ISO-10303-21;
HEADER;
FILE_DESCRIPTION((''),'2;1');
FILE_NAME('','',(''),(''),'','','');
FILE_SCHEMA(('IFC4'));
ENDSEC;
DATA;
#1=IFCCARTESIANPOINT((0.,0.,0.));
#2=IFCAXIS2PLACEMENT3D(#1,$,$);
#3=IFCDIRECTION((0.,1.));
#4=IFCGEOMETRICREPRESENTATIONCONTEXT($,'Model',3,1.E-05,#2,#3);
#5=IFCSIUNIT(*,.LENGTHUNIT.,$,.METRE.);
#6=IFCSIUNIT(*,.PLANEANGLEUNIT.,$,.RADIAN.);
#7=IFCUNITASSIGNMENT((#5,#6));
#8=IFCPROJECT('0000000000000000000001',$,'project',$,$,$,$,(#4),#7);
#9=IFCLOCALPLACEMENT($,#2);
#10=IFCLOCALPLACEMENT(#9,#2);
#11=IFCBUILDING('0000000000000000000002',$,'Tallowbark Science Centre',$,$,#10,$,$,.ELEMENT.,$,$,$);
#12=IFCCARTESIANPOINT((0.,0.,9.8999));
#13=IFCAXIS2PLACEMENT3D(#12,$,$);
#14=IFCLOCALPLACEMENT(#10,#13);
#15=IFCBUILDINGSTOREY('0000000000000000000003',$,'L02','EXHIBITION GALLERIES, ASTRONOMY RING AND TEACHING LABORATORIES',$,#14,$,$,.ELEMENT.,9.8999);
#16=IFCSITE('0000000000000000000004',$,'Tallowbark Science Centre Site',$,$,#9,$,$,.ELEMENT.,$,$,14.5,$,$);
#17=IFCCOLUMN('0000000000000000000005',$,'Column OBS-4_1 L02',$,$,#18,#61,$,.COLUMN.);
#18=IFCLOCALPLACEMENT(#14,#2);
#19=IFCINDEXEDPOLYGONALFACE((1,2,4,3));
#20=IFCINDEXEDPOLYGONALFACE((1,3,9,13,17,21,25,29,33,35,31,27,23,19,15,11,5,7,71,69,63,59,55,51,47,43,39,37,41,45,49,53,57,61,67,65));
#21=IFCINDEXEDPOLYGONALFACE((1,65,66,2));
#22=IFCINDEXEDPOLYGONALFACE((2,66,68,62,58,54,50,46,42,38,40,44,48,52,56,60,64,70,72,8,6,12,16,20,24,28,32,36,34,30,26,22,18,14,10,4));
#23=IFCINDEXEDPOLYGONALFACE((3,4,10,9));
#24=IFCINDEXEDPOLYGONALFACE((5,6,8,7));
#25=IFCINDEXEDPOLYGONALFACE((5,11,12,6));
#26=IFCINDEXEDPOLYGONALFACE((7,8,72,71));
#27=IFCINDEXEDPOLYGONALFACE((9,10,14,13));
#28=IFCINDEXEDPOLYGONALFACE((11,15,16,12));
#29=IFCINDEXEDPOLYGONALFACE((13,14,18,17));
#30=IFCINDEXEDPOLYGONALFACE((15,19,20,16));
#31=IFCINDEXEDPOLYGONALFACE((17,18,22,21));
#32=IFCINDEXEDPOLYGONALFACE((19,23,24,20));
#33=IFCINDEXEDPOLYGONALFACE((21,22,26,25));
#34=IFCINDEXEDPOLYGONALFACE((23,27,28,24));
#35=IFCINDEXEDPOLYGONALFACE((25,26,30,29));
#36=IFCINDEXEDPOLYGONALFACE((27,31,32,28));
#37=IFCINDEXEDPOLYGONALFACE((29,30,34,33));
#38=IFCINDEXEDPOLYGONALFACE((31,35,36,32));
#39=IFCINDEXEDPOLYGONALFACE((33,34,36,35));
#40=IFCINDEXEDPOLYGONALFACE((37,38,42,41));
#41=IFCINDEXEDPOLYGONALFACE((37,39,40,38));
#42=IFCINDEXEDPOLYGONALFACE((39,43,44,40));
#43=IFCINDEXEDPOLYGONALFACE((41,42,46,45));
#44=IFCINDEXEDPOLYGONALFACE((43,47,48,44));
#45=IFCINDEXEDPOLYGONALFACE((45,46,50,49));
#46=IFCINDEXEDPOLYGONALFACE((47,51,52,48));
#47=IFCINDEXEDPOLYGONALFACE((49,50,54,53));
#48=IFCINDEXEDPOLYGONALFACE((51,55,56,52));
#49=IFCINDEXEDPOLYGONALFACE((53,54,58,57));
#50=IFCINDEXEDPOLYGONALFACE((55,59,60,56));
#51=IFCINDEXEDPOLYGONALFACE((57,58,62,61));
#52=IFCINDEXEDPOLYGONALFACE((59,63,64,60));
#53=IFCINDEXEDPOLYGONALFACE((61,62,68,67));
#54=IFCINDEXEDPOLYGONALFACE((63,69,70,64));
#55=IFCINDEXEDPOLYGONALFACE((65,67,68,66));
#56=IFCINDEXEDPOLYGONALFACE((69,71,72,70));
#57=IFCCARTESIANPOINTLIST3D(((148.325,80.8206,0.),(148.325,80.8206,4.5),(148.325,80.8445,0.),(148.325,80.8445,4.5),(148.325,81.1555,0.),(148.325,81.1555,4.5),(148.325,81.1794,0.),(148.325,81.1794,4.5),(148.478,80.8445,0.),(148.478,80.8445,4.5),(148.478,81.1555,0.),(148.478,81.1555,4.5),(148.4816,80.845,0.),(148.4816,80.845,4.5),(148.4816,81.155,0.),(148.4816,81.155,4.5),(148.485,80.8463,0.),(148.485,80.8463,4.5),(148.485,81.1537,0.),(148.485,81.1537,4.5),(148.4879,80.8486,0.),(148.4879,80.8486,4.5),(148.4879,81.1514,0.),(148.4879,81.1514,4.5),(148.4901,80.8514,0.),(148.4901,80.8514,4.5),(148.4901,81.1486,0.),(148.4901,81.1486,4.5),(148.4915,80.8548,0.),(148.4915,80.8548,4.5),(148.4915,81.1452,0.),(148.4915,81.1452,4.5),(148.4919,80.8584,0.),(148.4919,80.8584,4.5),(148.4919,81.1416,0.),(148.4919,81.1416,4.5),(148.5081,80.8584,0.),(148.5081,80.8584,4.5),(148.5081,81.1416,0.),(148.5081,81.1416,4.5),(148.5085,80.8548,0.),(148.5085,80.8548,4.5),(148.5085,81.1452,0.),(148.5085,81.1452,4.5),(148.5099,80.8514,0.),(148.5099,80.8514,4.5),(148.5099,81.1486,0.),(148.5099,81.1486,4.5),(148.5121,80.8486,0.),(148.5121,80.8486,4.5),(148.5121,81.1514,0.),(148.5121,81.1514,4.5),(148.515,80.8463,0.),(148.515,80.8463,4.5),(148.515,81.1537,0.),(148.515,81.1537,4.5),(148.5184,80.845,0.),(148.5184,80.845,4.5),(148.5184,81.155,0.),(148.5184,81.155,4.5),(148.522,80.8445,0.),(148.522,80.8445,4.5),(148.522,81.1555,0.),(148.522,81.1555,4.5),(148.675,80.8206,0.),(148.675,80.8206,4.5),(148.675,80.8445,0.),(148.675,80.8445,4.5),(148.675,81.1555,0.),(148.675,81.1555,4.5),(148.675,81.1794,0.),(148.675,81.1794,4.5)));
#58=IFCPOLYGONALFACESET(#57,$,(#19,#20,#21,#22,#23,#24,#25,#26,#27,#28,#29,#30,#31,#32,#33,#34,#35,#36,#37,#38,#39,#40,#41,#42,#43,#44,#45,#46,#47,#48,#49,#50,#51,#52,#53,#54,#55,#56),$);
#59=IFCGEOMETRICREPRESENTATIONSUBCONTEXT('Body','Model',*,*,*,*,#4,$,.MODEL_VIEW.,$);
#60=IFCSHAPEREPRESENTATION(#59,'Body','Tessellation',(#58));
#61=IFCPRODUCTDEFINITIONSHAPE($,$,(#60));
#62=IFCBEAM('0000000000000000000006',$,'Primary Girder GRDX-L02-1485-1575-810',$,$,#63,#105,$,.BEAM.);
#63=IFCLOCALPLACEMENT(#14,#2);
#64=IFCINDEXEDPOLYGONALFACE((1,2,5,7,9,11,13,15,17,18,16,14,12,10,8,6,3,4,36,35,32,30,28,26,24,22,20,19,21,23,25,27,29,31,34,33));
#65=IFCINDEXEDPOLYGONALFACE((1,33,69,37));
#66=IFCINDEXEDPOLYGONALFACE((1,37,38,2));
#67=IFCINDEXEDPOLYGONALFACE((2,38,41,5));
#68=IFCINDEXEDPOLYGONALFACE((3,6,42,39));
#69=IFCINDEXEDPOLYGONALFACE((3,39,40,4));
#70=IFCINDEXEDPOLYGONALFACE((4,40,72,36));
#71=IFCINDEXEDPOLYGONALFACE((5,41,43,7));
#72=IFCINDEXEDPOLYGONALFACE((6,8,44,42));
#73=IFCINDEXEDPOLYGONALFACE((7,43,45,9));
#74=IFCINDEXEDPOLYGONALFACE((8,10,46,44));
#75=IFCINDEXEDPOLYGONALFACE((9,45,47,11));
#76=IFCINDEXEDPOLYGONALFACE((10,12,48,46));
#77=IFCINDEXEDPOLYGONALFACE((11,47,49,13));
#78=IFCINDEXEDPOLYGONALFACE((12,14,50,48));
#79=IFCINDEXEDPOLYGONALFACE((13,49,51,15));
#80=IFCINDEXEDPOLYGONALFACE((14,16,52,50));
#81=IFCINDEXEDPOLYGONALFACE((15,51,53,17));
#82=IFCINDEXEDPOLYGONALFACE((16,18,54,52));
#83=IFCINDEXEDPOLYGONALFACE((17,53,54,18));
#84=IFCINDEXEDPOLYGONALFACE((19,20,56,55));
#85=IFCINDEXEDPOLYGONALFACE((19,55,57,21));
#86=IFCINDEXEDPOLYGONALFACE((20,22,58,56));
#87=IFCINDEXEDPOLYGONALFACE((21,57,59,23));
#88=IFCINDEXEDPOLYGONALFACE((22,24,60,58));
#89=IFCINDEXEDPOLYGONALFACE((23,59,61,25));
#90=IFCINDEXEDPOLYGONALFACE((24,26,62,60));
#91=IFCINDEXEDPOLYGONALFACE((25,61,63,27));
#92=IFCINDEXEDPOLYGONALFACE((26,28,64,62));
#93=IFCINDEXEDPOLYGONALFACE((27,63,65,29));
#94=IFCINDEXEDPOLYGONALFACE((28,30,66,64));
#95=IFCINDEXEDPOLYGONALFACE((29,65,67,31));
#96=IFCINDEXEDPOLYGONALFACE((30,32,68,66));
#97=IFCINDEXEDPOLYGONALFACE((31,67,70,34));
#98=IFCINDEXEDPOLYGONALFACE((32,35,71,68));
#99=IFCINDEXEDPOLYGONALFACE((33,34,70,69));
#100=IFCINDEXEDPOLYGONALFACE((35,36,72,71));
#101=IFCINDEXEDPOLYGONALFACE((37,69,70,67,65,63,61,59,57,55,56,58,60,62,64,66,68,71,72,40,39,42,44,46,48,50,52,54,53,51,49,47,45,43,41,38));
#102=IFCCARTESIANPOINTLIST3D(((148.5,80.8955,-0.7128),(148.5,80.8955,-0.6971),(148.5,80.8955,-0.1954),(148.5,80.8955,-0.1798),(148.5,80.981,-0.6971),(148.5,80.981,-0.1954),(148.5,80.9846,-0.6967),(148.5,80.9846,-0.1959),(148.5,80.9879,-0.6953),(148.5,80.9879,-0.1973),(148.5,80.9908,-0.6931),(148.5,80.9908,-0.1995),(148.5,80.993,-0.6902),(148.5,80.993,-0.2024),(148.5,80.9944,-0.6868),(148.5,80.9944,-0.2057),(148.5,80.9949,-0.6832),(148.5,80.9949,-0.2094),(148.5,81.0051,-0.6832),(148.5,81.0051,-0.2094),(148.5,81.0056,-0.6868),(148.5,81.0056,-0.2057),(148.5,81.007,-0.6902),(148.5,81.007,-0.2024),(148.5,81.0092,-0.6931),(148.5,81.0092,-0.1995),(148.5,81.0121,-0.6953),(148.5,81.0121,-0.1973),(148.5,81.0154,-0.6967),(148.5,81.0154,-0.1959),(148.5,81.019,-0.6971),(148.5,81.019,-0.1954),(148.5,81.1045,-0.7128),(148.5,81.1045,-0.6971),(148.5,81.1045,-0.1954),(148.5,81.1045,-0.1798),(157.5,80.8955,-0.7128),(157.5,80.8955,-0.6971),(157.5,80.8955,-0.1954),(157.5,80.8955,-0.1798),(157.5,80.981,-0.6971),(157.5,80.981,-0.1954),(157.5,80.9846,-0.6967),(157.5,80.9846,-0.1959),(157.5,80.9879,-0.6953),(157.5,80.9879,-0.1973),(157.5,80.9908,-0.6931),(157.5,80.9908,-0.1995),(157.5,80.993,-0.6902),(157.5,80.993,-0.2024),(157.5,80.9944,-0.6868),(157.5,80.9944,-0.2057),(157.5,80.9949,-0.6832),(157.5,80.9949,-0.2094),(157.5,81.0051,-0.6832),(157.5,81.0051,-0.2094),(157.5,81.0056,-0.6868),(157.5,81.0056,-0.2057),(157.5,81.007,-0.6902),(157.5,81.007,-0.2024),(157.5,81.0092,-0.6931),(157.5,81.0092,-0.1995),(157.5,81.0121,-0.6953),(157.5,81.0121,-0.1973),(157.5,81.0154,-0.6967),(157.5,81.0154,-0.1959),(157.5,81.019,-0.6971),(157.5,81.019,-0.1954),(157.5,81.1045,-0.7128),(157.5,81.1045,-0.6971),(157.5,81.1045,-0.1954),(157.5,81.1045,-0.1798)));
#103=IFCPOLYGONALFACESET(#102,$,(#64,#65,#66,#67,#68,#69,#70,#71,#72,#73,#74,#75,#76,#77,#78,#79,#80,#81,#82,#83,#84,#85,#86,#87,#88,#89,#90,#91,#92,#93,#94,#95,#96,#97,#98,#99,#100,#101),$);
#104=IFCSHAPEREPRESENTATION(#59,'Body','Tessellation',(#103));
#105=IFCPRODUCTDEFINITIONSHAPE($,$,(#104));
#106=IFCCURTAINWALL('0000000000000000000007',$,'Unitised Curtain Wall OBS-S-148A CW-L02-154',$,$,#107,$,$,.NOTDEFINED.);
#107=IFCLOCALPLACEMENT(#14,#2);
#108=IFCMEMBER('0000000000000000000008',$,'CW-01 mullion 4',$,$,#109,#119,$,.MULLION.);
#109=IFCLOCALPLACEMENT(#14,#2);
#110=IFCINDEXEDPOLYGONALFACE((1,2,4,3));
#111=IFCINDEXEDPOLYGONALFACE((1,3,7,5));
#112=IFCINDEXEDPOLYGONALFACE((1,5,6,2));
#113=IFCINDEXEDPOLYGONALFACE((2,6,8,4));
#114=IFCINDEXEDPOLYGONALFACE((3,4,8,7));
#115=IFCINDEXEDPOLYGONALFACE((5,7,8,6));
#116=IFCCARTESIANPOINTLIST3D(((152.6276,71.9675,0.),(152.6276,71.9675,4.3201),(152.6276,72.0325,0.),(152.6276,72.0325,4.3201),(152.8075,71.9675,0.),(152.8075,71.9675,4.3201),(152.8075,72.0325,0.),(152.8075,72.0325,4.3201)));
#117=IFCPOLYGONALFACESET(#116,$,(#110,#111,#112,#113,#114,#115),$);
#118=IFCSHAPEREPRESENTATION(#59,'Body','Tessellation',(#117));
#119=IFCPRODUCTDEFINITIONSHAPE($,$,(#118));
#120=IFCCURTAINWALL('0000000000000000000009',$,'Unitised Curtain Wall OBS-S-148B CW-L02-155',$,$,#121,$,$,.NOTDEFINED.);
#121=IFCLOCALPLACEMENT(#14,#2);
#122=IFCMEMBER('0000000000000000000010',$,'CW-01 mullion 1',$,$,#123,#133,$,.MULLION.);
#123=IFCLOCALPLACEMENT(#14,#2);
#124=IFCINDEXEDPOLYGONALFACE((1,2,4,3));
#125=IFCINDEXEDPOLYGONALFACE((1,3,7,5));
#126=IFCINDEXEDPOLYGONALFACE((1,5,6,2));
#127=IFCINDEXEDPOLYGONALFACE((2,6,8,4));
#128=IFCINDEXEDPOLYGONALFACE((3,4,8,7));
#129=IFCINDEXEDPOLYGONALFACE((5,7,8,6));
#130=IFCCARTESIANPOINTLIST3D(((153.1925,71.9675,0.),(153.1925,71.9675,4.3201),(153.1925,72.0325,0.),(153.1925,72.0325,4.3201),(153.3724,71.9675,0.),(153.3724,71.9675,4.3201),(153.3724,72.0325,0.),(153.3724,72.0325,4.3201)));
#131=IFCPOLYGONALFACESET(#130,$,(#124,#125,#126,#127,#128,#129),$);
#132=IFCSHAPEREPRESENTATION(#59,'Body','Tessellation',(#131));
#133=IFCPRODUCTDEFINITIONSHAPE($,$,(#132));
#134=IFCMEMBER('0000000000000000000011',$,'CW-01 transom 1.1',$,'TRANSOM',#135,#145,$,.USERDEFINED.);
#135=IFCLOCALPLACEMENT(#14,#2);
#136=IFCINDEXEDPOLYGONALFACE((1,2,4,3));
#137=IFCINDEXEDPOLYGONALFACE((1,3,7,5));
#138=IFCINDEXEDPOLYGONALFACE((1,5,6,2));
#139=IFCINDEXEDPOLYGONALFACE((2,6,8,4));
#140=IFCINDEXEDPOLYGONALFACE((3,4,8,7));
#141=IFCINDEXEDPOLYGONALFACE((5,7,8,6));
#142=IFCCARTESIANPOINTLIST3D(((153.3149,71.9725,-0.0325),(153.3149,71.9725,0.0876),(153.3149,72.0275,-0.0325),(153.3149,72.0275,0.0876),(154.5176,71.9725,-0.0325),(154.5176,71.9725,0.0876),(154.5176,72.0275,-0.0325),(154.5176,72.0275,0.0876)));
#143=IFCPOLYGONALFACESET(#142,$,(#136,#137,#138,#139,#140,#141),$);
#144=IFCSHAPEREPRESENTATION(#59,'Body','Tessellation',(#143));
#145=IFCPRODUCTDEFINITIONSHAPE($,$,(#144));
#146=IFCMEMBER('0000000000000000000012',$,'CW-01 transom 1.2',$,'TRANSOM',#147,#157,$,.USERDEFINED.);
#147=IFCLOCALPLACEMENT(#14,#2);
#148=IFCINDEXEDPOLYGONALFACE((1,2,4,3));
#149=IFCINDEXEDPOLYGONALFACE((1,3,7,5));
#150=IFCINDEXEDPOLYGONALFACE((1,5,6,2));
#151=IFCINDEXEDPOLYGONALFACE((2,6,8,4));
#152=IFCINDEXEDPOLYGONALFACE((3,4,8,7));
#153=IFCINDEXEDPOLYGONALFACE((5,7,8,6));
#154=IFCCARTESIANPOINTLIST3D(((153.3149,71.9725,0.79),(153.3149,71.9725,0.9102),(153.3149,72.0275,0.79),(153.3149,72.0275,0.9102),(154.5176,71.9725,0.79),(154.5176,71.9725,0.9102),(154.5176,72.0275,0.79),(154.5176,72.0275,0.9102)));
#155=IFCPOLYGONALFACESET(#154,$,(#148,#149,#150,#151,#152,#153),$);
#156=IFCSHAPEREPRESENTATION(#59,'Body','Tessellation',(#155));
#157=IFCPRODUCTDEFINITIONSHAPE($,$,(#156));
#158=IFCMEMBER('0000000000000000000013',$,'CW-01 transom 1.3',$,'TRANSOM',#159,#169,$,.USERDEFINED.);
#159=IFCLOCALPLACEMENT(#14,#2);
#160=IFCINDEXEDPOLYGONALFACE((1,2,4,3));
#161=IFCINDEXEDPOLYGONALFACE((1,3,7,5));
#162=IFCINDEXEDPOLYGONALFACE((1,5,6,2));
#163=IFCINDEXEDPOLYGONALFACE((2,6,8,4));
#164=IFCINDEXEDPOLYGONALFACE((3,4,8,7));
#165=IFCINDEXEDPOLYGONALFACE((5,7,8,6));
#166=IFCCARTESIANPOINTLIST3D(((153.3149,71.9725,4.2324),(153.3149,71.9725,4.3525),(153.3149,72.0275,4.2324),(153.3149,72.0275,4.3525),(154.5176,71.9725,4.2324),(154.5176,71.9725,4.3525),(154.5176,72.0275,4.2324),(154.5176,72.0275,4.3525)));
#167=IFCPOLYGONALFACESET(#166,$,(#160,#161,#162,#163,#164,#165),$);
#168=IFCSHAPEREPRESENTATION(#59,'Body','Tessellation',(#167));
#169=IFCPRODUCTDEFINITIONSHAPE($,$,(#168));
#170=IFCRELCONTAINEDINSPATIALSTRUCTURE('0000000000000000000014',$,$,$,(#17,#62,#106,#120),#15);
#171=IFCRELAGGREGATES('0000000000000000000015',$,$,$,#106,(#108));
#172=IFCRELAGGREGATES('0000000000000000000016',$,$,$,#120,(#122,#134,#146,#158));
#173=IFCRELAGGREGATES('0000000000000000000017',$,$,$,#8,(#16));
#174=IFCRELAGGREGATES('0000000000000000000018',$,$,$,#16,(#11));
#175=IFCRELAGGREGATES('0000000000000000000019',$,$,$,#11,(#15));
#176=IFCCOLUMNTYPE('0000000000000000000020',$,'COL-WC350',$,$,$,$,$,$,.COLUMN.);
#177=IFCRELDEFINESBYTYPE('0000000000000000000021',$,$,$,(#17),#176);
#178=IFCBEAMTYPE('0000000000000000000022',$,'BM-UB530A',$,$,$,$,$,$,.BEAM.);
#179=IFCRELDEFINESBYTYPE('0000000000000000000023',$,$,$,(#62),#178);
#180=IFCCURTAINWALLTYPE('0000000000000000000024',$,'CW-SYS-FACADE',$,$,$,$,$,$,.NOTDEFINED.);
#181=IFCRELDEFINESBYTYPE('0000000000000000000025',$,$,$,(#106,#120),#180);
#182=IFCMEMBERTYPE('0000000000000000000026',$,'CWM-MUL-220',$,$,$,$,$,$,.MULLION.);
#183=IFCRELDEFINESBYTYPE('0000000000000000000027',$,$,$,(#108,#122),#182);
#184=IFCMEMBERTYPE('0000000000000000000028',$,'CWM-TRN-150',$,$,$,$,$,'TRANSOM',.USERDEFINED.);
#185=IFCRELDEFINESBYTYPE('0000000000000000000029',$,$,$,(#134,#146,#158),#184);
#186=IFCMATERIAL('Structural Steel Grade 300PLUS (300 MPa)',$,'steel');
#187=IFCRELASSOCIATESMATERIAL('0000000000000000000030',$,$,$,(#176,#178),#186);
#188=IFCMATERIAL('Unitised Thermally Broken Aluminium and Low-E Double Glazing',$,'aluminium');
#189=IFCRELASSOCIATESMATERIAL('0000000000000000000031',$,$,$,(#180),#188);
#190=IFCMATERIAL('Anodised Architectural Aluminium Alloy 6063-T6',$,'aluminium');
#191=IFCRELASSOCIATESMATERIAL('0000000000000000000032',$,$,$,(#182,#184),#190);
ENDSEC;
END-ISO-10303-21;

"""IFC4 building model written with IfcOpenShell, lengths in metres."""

from ifc_helpers import new_model, si_unit, direction, frame, origin, origin_2d, place, context, subcontext, project, spatial, rectangle, i_section, extrude, material, material_profile, profile_set, type_object, element, aggregate, save


model = new_model("IFC4")

# Units and contexts
model_context = context("Model", 3, precision=1e-05, world=origin(), true_north=direction((0.0, 1.0)))
body_context = subcontext(model_context, "Body", "Model", "MODEL_VIEW")
ifc_project = project(units=[si_unit("LENGTHUNIT", "METRE"), si_unit("PLANEANGLEUNIT", "RADIAN")], contexts=[model_context])

# Site, building, storey
site_placement = place(None, origin())
site = spatial("IfcSite", under=ifc_project, at=site_placement, Name="Tallowbark Science Centre Site", CompositionType="ELEMENT", RefElevation=14.5)
building_placement = place(site_placement, origin())
building = spatial("IfcBuilding", under=site, at=building_placement, Name="Tallowbark Science Centre", CompositionType="ELEMENT")
storey_placement = place(building_placement, frame((0.0, 0.0, 9.8999)))
storey = spatial("IfcBuildingStorey", under=building, at=storey_placement, Name="L02", Description="EXHIBITION GALLERIES, ASTRONOMY RING AND TEACHING LABORATORIES", CompositionType="ELEMENT", Elevation=9.8999)

# Column
ifc_material_1 = material(Name="Structural Steel Grade 300PLUS (300 MPa)", Category="steel")
ifc_material_profile_1 = material_profile(ifc_material_1, i_section(OverallWidth=0.3501, OverallDepth=0.3589, WebThickness=0.0161, FlangeThickness=0.0239, FilletRadius=0.0139, at=origin_2d()), Name="350WC197")
ifc_profile_set_1 = profile_set([ifc_material_profile_1], Name="Structural Steel Grade 300PLUS (300 MPa)")
column_type = type_object("IfcColumnType", Name="COL-WC350", PredefinedType="COLUMN", material=ifc_profile_set_1)
column_placement = place(storey_placement, frame((148.5, 81.0, 0.0), z_axis=(0.0, 0.0, 1.0), x_axis=(1.0, 0.0, 0.0)))
element("IfcColumn", 1, at=column_placement, inside=storey, type_object=column_type, Name="Column OBS-4_1 L02", PredefinedType="COLUMN", context=body_context, shape_type="SweptSolid", body=[
    extrude(i_section(OverallWidth=0.3501, OverallDepth=0.3589, WebThickness=0.0161, FlangeThickness=0.0239, FilletRadius=0.0139, at=origin_2d()), origin(), (0.0, 0.0, 1.0), 4.5),
])

# Beam
ifc_material_profile_2 = material_profile(ifc_material_1, i_section(OverallWidth=0.209, OverallDepth=0.533, WebThickness=0.0103, FlangeThickness=0.0156, FilletRadius=0.0139, at=origin_2d()), Name="530UB92.4")
ifc_profile_set_2 = profile_set([ifc_material_profile_2], Name="Structural Steel Grade 300PLUS (300 MPa)")
beam_type_1 = type_object("IfcBeamType", Name="BM-UB530A", PredefinedType="BEAM", material=ifc_profile_set_2)
beam_1_placement = place(storey_placement, frame((148.5, 81.0, -0.4463), z_axis=(1.0, 0.0, 0.0), x_axis=(0.0, 1.0, 0.0)))
element("IfcBeam", 2, at=beam_1_placement, inside=storey, type_object=beam_type_1, Name="Primary Girder GRDX-L02-1485-1575-810", PredefinedType="BEAM", context=body_context, shape_type="SweptSolid", body=[
    extrude(i_section(OverallWidth=0.209, OverallDepth=0.533, WebThickness=0.0103, FlangeThickness=0.0156, FilletRadius=0.0139, at=origin_2d()), origin(), (0.0, 0.0, 1.0), 9.0),
])

# Curtain wall, member
ifc_material_2 = material(Name="Unitised Thermally Broken Aluminium and Low-E Double Glazing", Category="aluminium")
curtain_wall_type = type_object("IfcCurtainWallType", Name="CW-SYS-FACADE", PredefinedType="NOTDEFINED", material=ifc_material_2)
curtain_wall_1_placement = place(storey_placement, origin())
curtain_wall_1 = element("IfcCurtainWall", 3, at=curtain_wall_1_placement, inside=storey, type_object=curtain_wall_type, Name="Unitised Curtain Wall OBS-S-148A CW-L02-154", PredefinedType="NOTDEFINED")
ifc_material_3 = material(Name="Anodised Architectural Aluminium Alloy 6063-T6", Category="aluminium")
ifc_material_profile_3 = material_profile(ifc_material_3, rectangle(XDim=0.0649, YDim=0.1799, at=origin_2d()), Name="ALU65x180")
ifc_profile_set_3 = profile_set([ifc_material_profile_3], Name="Anodised Architectural Aluminium Alloy 6063-T6")
member_type_1 = type_object("IfcMemberType", Name="CWM-MUL-220", PredefinedType="MULLION", material=ifc_profile_set_3)
member_1_placement = place(storey_placement, frame((152.7175, 72.0, 0.0), z_axis=(0.0, 0.0, 1.0), x_axis=(0.0, 1.0, 0.0)))
member_1 = element("IfcMember", 4, at=member_1_placement, type_object=member_type_1, Name="CW-01 mullion 4", PredefinedType="MULLION", context=body_context, shape_type="SweptSolid", body=[
    extrude(rectangle(XDim=0.0649, YDim=0.1799, at=origin_2d()), origin(), (0.0, 0.0, 1.0), 4.3201),
])
aggregate(curtain_wall_1, [member_1])

# Curtain wall, members
curtain_wall_2_placement = place(storey_placement, origin())
curtain_wall_2 = element("IfcCurtainWall", 5, at=curtain_wall_2_placement, inside=storey, type_object=curtain_wall_type, Name="Unitised Curtain Wall OBS-S-148B CW-L02-155", PredefinedType="NOTDEFINED")
member_2_placement = place(storey_placement, frame((153.2825, 72.0, 0.0), z_axis=(0.0, 0.0, 1.0), x_axis=(0.0, 1.0, 0.0)))
member_2 = element("IfcMember", 6, at=member_2_placement, type_object=member_type_1, Name="CW-01 mullion 1", PredefinedType="MULLION", context=body_context, shape_type="SweptSolid", body=[
    extrude(rectangle(XDim=0.0649, YDim=0.1799, at=origin_2d()), origin(), (0.0, 0.0, 1.0), 4.3201),
])
ifc_material_profile_4 = material_profile(ifc_material_3, rectangle(XDim=0.0549, YDim=0.1201, at=origin_2d()), Name="ALU55x120")
ifc_profile_set_4 = profile_set([ifc_material_profile_4], Name="Anodised Architectural Aluminium Alloy 6063-T6")
member_type_2 = type_object("IfcMemberType", Name="CWM-TRN-150", ElementType="TRANSOM", PredefinedType="USERDEFINED", material=ifc_profile_set_4)
member_3_placement = place(storey_placement, frame((153.3149, 72.0, 0.0276), z_axis=(1.0, 0.0, 0.0), x_axis=(0.0, 1.0, 0.0)))
member_3 = element("IfcMember", 7, at=member_3_placement, type_object=member_type_2, Name="CW-01 transom 1.1", ObjectType="TRANSOM", PredefinedType="USERDEFINED", context=body_context, shape_type="SweptSolid", body=[
    extrude(rectangle(XDim=0.0549, YDim=0.1201, at=origin_2d()), origin(), (0.0, 0.0, 1.0), 1.2026),
])
member_4_placement = place(storey_placement, frame((153.3149, 72.0, 0.8501), z_axis=(1.0, 0.0, 0.0), x_axis=(0.0, 1.0, 0.0)))
member_4 = element("IfcMember", 8, at=member_4_placement, type_object=member_type_2, Name="CW-01 transom 1.2", ObjectType="TRANSOM", PredefinedType="USERDEFINED", context=body_context, shape_type="SweptSolid", body=[
    extrude(rectangle(XDim=0.0549, YDim=0.1201, at=origin_2d()), origin(), (0.0, 0.0, 1.0), 1.2026),
])
member_5_placement = place(storey_placement, frame((153.3149, 72.0, 4.2925), z_axis=(1.0, 0.0, 0.0), x_axis=(0.0, 1.0, 0.0)))
member_5 = element("IfcMember", 9, at=member_5_placement, type_object=member_type_2, Name="CW-01 transom 1.3", ObjectType="TRANSOM", PredefinedType="USERDEFINED", context=body_context, shape_type="SweptSolid", body=[
    extrude(rectangle(XDim=0.0549, YDim=0.1201, at=origin_2d()), origin(), (0.0, 0.0, 1.0), 1.2026),
])

aggregate(curtain_wall_2, [member_2, member_3, member_4, member_5])

save(model, "model.ifc")
